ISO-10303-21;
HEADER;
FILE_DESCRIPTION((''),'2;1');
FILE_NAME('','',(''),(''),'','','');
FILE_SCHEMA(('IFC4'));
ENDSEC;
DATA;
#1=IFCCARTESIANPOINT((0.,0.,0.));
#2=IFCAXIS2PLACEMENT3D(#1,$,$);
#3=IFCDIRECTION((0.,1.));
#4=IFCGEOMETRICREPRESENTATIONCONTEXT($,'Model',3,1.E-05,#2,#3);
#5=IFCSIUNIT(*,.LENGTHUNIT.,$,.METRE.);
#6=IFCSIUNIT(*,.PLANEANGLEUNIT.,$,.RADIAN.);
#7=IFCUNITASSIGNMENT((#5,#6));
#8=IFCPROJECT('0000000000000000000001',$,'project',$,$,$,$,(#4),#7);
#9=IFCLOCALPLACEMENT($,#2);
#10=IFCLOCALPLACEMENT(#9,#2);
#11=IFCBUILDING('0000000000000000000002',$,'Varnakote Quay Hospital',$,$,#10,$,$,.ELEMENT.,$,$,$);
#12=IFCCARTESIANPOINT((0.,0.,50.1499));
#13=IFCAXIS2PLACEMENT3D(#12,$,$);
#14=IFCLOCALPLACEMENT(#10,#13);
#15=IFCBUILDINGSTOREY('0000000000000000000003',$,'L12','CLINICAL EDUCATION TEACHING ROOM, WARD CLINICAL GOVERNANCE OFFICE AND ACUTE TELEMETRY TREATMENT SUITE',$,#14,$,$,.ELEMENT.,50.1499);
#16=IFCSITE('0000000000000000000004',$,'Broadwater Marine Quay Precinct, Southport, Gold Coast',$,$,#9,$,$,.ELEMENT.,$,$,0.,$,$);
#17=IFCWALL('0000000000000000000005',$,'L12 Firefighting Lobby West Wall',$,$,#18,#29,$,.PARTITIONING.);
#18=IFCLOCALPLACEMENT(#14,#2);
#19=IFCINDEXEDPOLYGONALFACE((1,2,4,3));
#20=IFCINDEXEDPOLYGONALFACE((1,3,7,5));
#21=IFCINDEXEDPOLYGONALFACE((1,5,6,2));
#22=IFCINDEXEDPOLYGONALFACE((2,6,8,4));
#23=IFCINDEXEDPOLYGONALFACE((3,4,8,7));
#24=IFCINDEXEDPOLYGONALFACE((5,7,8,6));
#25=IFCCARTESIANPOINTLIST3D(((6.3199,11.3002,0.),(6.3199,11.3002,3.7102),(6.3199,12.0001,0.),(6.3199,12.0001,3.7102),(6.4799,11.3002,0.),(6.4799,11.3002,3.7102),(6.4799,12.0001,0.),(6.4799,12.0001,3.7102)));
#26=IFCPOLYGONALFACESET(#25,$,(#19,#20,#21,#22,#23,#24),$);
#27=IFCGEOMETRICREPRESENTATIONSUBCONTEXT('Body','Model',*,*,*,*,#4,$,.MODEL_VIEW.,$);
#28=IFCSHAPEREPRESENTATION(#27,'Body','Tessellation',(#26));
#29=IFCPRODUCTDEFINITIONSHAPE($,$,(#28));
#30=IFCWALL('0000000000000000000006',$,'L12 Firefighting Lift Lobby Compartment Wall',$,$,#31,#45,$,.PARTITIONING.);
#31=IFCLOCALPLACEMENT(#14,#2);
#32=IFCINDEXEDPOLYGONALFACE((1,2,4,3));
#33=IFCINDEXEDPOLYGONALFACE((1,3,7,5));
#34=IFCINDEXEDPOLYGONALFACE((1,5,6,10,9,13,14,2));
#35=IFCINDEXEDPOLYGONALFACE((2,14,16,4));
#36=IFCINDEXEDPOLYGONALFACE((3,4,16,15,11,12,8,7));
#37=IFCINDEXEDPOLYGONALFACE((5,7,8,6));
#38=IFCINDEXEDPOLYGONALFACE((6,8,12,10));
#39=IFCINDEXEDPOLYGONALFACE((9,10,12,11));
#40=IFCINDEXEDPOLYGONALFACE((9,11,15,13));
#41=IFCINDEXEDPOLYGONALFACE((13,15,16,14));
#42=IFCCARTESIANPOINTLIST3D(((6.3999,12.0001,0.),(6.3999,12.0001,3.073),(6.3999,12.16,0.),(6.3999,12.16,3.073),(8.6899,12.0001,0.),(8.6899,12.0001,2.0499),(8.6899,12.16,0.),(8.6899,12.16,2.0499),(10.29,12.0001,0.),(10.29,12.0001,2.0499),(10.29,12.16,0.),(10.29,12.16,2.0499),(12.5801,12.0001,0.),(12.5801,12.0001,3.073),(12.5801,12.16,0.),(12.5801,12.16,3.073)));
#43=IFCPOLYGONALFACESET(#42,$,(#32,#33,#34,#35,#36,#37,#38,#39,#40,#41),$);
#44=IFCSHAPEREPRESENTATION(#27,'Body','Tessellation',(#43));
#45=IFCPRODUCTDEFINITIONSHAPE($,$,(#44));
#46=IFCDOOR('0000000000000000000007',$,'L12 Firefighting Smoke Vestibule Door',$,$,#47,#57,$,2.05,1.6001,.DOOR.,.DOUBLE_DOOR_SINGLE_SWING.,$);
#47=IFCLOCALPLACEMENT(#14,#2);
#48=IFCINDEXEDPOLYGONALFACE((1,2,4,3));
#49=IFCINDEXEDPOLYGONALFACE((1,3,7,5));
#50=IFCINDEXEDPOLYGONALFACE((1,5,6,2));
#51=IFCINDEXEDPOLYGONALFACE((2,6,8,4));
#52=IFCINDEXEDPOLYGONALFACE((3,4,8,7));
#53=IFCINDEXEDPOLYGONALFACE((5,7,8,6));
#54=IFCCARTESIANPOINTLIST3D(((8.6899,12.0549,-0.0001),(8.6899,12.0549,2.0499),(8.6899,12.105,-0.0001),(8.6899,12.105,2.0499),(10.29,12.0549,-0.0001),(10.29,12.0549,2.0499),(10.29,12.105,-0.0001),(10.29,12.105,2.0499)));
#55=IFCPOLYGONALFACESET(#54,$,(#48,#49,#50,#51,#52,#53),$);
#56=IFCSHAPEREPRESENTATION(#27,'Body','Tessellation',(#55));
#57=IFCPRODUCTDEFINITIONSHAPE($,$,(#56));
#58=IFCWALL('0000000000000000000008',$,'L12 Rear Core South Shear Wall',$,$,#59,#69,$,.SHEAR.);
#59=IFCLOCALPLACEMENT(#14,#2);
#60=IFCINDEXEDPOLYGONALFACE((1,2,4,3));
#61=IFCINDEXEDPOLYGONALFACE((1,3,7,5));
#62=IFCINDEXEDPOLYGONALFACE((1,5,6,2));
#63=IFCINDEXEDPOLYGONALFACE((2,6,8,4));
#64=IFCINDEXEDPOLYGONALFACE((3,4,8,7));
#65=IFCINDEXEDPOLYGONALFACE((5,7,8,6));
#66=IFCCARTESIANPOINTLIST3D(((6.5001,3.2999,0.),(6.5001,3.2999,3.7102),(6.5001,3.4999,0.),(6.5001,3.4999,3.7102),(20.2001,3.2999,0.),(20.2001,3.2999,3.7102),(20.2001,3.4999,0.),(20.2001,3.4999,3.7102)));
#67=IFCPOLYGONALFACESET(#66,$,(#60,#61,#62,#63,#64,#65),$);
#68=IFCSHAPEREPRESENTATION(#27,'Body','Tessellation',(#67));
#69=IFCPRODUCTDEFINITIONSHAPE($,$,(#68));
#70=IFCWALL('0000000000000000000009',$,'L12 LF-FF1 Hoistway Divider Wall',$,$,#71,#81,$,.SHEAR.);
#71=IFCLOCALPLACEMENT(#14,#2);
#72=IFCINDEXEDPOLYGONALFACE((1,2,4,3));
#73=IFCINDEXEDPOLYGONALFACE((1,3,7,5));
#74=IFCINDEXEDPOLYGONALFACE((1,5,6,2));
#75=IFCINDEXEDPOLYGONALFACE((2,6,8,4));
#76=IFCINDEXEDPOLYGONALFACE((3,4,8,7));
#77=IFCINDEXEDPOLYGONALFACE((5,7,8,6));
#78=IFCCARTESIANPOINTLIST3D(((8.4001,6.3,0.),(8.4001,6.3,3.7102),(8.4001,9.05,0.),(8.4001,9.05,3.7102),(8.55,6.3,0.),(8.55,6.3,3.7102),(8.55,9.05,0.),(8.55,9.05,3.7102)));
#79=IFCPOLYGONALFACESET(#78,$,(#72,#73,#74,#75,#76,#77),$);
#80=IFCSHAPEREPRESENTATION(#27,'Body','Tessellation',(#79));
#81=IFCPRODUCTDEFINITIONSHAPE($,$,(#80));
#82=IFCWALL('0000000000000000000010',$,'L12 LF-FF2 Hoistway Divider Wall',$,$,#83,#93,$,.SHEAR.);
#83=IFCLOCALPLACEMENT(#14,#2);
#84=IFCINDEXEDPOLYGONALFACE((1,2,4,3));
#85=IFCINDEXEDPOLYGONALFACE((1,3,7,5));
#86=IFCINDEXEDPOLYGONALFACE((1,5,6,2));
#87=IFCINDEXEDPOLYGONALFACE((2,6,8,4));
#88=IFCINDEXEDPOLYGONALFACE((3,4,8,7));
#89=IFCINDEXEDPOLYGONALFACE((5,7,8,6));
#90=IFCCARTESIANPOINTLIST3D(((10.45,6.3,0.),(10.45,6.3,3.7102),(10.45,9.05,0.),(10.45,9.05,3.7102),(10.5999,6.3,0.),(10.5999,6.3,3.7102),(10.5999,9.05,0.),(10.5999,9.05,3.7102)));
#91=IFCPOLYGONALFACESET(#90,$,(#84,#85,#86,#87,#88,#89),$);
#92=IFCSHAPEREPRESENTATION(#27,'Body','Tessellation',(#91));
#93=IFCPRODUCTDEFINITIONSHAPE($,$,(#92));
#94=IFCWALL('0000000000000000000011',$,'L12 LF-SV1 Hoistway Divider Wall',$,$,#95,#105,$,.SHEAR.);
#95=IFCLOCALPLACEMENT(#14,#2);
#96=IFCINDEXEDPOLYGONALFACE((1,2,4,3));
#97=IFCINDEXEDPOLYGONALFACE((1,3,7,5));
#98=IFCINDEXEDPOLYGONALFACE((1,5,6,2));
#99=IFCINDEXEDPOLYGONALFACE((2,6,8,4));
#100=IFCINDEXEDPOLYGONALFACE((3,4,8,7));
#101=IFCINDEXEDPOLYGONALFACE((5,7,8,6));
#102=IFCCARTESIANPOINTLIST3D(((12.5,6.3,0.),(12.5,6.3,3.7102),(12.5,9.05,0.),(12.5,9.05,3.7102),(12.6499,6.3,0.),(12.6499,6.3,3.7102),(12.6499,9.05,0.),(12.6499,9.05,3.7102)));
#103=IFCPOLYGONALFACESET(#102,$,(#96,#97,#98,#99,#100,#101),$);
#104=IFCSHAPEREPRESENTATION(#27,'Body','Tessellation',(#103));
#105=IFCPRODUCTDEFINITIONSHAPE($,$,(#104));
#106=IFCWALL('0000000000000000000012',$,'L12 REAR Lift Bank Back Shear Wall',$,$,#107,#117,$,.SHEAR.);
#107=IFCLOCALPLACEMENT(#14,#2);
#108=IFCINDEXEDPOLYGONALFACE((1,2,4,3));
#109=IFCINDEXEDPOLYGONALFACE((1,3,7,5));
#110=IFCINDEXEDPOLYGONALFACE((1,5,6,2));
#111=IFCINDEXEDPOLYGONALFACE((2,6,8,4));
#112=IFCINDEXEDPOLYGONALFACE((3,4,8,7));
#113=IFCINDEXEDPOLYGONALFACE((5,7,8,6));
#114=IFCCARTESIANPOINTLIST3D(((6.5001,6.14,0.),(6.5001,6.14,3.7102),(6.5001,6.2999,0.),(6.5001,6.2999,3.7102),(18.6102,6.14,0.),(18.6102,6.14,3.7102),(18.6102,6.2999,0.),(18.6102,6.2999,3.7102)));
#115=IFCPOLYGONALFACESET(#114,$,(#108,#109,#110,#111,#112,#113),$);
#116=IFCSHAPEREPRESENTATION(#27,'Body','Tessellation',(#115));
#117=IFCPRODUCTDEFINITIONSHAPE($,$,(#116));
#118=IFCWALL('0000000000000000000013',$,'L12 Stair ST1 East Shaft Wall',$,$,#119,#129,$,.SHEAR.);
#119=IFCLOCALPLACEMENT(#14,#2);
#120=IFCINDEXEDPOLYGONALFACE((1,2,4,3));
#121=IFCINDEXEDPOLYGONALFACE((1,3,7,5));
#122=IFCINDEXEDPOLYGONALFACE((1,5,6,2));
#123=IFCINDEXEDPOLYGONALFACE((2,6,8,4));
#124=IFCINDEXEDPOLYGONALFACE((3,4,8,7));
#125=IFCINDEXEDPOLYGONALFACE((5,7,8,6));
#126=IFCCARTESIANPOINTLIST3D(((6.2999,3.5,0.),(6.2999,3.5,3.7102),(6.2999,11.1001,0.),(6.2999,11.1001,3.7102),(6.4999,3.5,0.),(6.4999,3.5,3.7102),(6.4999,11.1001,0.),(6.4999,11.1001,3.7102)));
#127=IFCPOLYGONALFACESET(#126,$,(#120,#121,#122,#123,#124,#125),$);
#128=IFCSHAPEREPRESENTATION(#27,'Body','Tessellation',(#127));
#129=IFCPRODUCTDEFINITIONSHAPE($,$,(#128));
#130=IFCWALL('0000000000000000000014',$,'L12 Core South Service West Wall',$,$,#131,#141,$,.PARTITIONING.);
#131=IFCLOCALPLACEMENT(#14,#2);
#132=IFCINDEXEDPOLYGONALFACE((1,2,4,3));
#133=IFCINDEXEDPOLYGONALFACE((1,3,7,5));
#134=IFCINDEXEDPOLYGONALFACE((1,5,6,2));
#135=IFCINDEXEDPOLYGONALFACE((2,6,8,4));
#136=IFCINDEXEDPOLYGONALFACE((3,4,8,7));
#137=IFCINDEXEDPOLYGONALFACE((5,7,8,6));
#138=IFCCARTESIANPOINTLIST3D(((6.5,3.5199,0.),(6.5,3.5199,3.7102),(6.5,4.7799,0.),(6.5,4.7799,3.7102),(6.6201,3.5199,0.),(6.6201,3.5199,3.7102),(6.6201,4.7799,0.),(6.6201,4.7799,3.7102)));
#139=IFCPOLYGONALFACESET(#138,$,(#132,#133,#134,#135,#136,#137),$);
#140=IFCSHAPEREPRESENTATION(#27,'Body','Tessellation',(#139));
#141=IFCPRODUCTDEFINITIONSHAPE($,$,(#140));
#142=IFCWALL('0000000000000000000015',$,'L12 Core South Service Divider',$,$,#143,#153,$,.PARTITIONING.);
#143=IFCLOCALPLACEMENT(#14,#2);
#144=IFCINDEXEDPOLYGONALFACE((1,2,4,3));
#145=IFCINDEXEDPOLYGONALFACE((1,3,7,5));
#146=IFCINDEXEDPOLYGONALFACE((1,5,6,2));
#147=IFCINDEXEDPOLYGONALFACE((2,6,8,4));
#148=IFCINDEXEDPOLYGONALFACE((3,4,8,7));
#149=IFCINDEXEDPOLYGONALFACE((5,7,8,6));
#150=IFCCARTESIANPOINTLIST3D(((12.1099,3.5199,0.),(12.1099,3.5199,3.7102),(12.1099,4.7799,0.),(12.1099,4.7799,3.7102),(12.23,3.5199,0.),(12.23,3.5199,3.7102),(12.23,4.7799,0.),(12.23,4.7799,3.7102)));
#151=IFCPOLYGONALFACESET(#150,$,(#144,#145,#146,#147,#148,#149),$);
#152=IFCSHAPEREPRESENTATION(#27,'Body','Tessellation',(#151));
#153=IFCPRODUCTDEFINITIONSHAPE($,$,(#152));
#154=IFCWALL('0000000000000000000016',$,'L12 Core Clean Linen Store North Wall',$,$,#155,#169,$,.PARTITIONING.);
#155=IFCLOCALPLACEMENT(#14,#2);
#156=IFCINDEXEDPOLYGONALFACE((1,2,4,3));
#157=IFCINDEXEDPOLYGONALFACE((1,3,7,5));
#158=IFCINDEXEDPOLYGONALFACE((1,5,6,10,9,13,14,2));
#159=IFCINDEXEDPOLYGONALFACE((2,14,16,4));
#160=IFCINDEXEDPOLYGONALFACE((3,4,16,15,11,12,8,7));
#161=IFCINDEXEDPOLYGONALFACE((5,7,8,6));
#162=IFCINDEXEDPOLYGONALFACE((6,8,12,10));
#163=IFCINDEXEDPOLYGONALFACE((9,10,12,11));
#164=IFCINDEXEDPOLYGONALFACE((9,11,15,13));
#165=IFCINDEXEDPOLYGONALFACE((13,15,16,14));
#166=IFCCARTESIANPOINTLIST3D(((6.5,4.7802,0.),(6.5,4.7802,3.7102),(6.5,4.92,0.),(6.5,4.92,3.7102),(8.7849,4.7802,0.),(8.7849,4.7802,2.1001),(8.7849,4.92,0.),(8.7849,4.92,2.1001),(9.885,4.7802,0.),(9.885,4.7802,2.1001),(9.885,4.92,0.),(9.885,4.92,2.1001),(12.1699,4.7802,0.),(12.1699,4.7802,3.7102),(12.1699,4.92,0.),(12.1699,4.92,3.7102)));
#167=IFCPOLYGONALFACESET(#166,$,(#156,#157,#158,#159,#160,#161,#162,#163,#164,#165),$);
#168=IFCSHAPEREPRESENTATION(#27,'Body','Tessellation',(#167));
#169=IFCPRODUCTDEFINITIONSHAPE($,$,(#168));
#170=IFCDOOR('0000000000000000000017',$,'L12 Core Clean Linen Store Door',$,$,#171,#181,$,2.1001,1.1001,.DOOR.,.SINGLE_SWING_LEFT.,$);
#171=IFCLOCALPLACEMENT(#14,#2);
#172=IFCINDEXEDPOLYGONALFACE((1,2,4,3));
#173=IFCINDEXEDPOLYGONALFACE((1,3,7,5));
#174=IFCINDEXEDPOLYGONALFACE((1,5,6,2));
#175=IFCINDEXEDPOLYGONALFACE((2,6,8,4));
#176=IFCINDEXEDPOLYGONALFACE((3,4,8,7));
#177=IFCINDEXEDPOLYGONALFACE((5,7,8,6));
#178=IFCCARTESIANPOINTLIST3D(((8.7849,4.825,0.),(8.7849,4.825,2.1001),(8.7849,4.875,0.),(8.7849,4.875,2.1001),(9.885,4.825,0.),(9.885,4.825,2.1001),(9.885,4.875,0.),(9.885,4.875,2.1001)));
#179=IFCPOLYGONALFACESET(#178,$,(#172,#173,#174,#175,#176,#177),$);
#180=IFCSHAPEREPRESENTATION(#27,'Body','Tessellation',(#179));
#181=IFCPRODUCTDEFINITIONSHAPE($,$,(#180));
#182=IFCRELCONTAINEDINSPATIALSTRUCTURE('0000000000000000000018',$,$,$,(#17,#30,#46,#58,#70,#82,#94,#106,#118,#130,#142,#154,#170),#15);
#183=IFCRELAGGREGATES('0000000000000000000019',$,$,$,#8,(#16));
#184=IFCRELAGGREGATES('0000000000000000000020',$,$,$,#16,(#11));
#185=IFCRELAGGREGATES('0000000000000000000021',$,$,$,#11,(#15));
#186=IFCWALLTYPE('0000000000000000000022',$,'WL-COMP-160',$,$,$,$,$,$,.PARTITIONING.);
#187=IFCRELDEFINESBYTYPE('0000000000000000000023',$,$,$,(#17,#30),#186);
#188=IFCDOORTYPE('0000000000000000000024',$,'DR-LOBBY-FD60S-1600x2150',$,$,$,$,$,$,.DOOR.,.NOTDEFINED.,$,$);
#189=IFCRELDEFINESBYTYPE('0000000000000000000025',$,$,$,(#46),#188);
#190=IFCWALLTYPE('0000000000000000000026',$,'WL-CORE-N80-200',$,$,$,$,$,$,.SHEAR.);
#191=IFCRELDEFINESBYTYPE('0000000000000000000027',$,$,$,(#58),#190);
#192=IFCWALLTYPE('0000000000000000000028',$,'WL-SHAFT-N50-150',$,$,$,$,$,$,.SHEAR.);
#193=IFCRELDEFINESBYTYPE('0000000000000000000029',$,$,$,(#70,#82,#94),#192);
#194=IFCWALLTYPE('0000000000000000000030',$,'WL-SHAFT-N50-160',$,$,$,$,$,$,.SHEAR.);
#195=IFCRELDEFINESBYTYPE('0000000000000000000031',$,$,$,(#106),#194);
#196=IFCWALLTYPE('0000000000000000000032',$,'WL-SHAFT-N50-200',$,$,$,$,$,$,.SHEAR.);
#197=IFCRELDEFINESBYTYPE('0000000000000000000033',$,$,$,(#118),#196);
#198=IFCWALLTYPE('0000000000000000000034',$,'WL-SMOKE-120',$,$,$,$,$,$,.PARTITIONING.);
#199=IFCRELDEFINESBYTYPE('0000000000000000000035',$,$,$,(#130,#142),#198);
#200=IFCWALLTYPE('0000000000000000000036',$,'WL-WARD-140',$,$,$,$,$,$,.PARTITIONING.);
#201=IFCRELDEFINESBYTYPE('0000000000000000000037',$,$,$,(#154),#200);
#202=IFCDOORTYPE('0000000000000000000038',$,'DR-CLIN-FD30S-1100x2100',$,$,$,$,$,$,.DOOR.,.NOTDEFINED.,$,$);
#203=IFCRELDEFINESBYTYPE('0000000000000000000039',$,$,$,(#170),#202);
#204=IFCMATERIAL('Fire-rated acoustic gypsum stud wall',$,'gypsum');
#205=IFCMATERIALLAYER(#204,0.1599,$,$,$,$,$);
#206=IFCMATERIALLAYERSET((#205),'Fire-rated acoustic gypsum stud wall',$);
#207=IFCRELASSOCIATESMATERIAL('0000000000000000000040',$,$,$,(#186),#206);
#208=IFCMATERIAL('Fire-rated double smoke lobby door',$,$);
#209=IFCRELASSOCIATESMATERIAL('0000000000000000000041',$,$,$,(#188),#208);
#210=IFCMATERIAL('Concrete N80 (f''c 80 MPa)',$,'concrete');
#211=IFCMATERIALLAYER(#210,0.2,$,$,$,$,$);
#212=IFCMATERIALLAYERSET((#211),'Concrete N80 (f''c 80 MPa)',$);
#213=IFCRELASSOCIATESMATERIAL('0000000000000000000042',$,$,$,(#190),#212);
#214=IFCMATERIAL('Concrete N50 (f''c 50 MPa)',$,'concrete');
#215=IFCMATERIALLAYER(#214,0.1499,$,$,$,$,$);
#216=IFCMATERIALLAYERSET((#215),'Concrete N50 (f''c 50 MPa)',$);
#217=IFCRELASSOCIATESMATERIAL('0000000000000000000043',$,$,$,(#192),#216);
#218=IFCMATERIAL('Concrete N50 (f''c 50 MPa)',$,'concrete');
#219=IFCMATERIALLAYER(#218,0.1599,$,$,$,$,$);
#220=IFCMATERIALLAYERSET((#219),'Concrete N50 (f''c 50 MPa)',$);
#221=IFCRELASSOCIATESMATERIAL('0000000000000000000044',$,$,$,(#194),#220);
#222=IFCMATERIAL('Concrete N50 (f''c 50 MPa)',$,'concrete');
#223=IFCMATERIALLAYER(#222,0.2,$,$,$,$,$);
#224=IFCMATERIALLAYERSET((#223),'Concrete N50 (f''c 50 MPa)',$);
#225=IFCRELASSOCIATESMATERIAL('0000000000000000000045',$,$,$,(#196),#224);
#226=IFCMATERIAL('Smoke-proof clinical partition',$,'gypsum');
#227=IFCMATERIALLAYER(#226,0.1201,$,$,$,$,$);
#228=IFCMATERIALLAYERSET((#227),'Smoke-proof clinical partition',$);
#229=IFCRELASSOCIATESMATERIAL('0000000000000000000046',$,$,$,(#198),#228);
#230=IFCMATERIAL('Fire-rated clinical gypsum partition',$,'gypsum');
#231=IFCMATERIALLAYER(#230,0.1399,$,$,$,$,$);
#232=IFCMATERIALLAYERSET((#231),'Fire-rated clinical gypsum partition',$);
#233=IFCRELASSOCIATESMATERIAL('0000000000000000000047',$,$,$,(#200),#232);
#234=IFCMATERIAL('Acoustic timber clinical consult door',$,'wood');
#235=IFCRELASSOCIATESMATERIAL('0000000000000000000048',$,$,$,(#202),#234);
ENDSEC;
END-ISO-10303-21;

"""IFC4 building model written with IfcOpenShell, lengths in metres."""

from ifc_helpers import new_model, si_unit, direction, frame, frame_2d, origin, place, context, subcontext, project, spatial, rectangle, extrude, material, layer, layer_set, type_object, element, fill, save


model = new_model("IFC4")

# Units and contexts
model_context = context("Model", 3, precision=1e-05, world=origin(), true_north=direction((0.0, 1.0)))
body_context = subcontext(model_context, "Body", "Model", "MODEL_VIEW")
ifc_project = project(units=[si_unit("LENGTHUNIT", "METRE"), si_unit("PLANEANGLEUNIT", "RADIAN")], contexts=[model_context])

# Site, building, storey
site_placement = place(None, origin())
site = spatial("IfcSite", under=ifc_project, at=site_placement, Name="Broadwater Marine Quay Precinct, Southport, Gold Coast", CompositionType="ELEMENT", RefElevation=0.0)
building_placement = place(site_placement, origin())
building = spatial("IfcBuilding", under=site, at=building_placement, Name="Varnakote Quay Hospital", CompositionType="ELEMENT")
storey_placement = place(building_placement, frame((0.0, 0.0, 50.1499)))
storey = spatial("IfcBuildingStorey", under=building, at=storey_placement, Name="L12", Description="CLINICAL EDUCATION TEACHING ROOM, WARD CLINICAL GOVERNANCE OFFICE AND ACUTE TELEMETRY TREATMENT SUITE", CompositionType="ELEMENT", Elevation=50.1499)

# Wall
ifc_material_1 = material(Name="Fire-rated acoustic gypsum stud wall", Category="gypsum")
ifc_layer_1 = layer(ifc_material_1, 0.1599)
ifc_layer_set_1 = layer_set([ifc_layer_1], Name="Fire-rated acoustic gypsum stud wall")
wall_type_1 = type_object("IfcWallType", Name="WL-COMP-160", PredefinedType="PARTITIONING", material=ifc_layer_set_1)
wall_1_placement = place(storey_placement, frame((6.3999, 11.3, 0.0), z_axis=(0.0, 0.0, 1.0), x_axis=(0.0, 1.0, 0.0)))
element("IfcWall", 1, at=wall_1_placement, inside=storey, type_object=wall_type_1, Name="L12 Firefighting Lobby West Wall", PredefinedType="PARTITIONING", context=body_context, shape_type="SweptSolid", body=[
    extrude(rectangle(XDim=0.7, YDim=0.1599, at=frame_2d((0.3501, 0.0))), origin(), (0.0, 0.0, 1.0), 3.7102),
])

# Wall, opening, door
wall_2_placement = place(storey_placement, frame((6.3999, 12.0801, 0.0), z_axis=(0.0, 0.0, 1.0), x_axis=(1.0, 0.0, 0.0)))
wall_2 = element("IfcWall", 2, at=wall_2_placement, inside=storey, type_object=wall_type_1, Name="L12 Firefighting Lift Lobby Compartment Wall", PredefinedType="PARTITIONING", context=body_context, shape_type="SweptSolid", body=[
    extrude(rectangle(XDim=6.1802, YDim=0.1599, at=frame_2d((3.0901, 0.0))), origin(), (0.0, 0.0, 1.0), 3.073),
])
opening_1_placement = place(wall_2_placement, frame((2.29, 0.0, 0.0)))
opening_1 = element("IfcOpeningElement", 3, at=opening_1_placement, cuts=wall_2, PredefinedType="OPENING", context=body_context, shape_type="SweptSolid", body=[
    extrude(rectangle(XDim=1.6001, YDim=2.05, at=frame_2d((0.8, 1.0249))), frame((0.0, 0.0898, 0.0), z_axis=(0.0, -1.0, 0.0), x_axis=(1.0, 0.0, 0.0)), (0.0, 0.0, 1.0), 0.1799),
])
ifc_material_2 = material(Name="Fire-rated double smoke lobby door")
door_type_1 = type_object("IfcDoorType", Name="DR-LOBBY-FD60S-1600x2150", OperationType="NOTDEFINED", PredefinedType="DOOR", material=ifc_material_2)
door_1_placement = place(opening_1_placement, origin())
door_1 = element("IfcDoor", 4, at=door_1_placement, inside=storey, type_object=door_type_1, Name="L12 Firefighting Smoke Vestibule Door", OperationType="DOUBLE_DOOR_SINGLE_SWING", OverallHeight=2.05, OverallWidth=1.6001, PredefinedType="DOOR", context=body_context, shape_type="SweptSolid", body=[
    extrude(rectangle(XDim=1.6001, YDim=2.05, at=frame_2d((0.8, 1.0249))), frame((0.0, 0.0249, 0.0), z_axis=(0.0, -1.0, 0.0), x_axis=(1.0, 0.0, 0.0)), (0.0, 0.0, 1.0), 0.05),
])
fill(opening_1, door_1)

# Walls
ifc_material_3 = material(Name="Concrete N80 (f'c 80 MPa)", Category="concrete")
ifc_layer_2 = layer(ifc_material_3, 0.2)
ifc_layer_set_2 = layer_set([ifc_layer_2], Name="Concrete N80 (f'c 80 MPa)")
wall_type_2 = type_object("IfcWallType", Name="WL-CORE-N80-200", PredefinedType="SHEAR", material=ifc_layer_set_2)
wall_3_placement = place(storey_placement, frame((6.5, 3.3999, 0.0), z_axis=(0.0, 0.0, 1.0), x_axis=(1.0, 0.0, 0.0)))
element("IfcWall", 5, at=wall_3_placement, inside=storey, type_object=wall_type_2, Name="L12 Rear Core South Shear Wall", PredefinedType="SHEAR", context=body_context, shape_type="SweptSolid", body=[
    extrude(rectangle(XDim=13.7, YDim=0.2, at=frame_2d((6.8501, 0.0))), origin(), (0.0, 0.0, 1.0), 3.7102),
])
ifc_material_4 = material(Name="Concrete N50 (f'c 50 MPa)", Category="concrete")
ifc_layer_3 = layer(ifc_material_4, 0.1499)
ifc_layer_set_3 = layer_set([ifc_layer_3], Name="Concrete N50 (f'c 50 MPa)")
wall_type_3 = type_object("IfcWallType", Name="WL-SHAFT-N50-150", PredefinedType="SHEAR", material=ifc_layer_set_3)
for number, where, z_axis, x_axis, name in (
    (6, (8.4751, 6.3, 0.0), (0.0, 0.0, 1.0), (0.0, 1.0, 0.0), "L12 LF-FF1 Hoistway Divider Wall"),
    (7, (10.5249, 6.3, 0.0), (0.0, 0.0, 1.0), (0.0, 1.0, 0.0), "L12 LF-FF2 Hoistway Divider Wall"),
    (8, (12.575, 6.3, 0.0), (0.0, 0.0, 1.0), (0.0, 1.0, 0.0), "L12 LF-SV1 Hoistway Divider Wall"),
):
    element("IfcWall", number, at=place(storey_placement, frame(where, z_axis=z_axis, x_axis=x_axis)), inside=storey, type_object=wall_type_3, Name=name, PredefinedType="SHEAR", context=body_context, shape_type="SweptSolid", body=[
        extrude(rectangle(XDim=2.75, YDim=0.1499, at=frame_2d((1.375, 0.0))), origin(), (0.0, 0.0, 1.0), 3.7102),
    ])
ifc_material_5 = material(Name="Concrete N50 (f'c 50 MPa)", Category="concrete")
ifc_layer_4 = layer(ifc_material_5, 0.1599)
ifc_layer_set_4 = layer_set([ifc_layer_4], Name="Concrete N50 (f'c 50 MPa)")
wall_type_4 = type_object("IfcWallType", Name="WL-SHAFT-N50-160", PredefinedType="SHEAR", material=ifc_layer_set_4)
wall_4_placement = place(storey_placement, frame((6.5, 6.22, 0.0), z_axis=(0.0, 0.0, 1.0), x_axis=(1.0, 0.0, 0.0)))
element("IfcWall", 9, at=wall_4_placement, inside=storey, type_object=wall_type_4, Name="L12 REAR Lift Bank Back Shear Wall", PredefinedType="SHEAR", context=body_context, shape_type="SweptSolid", body=[
    extrude(rectangle(XDim=12.1101, YDim=0.1599, at=frame_2d((6.0552, 0.0))), origin(), (0.0, 0.0, 1.0), 3.7102),
])

# Walls
ifc_material_6 = material(Name="Concrete N50 (f'c 50 MPa)", Category="concrete")
ifc_layer_5 = layer(ifc_material_6, 0.2)
ifc_layer_set_5 = layer_set([ifc_layer_5], Name="Concrete N50 (f'c 50 MPa)")
wall_type_5 = type_object("IfcWallType", Name="WL-SHAFT-N50-200", PredefinedType="SHEAR", material=ifc_layer_set_5)
wall_5_placement = place(storey_placement, frame((6.3999, 3.5, 0.0), z_axis=(0.0, 0.0, 1.0), x_axis=(0.0, 1.0, 0.0)))
element("IfcWall", 10, at=wall_5_placement, inside=storey, type_object=wall_type_5, Name="L12 Stair ST1 East Shaft Wall", PredefinedType="SHEAR", context=body_context, shape_type="SweptSolid", body=[
    extrude(rectangle(XDim=7.6001, YDim=0.2, at=frame_2d((3.8, 0.0))), origin(), (0.0, 0.0, 1.0), 3.7102),
])
ifc_material_7 = material(Name="Smoke-proof clinical partition", Category="gypsum")
ifc_layer_6 = layer(ifc_material_7, 0.1201)
ifc_layer_set_6 = layer_set([ifc_layer_6], Name="Smoke-proof clinical partition")
wall_type_6 = type_object("IfcWallType", Name="WL-SMOKE-120", PredefinedType="PARTITIONING", material=ifc_layer_set_6)
for number, where, z_axis, x_axis, name in (
    (11, (6.5601, 3.52, 0.0), (0.0, 0.0, 1.0), (0.0, 1.0, 0.0), "L12 Core South Service West Wall"),
    (12, (12.1699, 3.52, 0.0), (0.0, 0.0, 1.0), (0.0, 1.0, 0.0), "L12 Core South Service Divider"),
):
    element("IfcWall", number, at=place(storey_placement, frame(where, z_axis=z_axis, x_axis=x_axis)), inside=storey, type_object=wall_type_6, Name=name, PredefinedType="PARTITIONING", context=body_context, shape_type="SweptSolid", body=[
        extrude(rectangle(XDim=1.26, YDim=0.1201, at=frame_2d((0.6299, 0.0))), origin(), (0.0, 0.0, 1.0), 3.7102),
    ])

# Wall, opening, door
ifc_material_8 = material(Name="Fire-rated clinical gypsum partition", Category="gypsum")
ifc_layer_7 = layer(ifc_material_8, 0.1399)
ifc_layer_set_7 = layer_set([ifc_layer_7], Name="Fire-rated clinical gypsum partition")
wall_type_7 = type_object("IfcWallType", Name="WL-WARD-140", PredefinedType="PARTITIONING", material=ifc_layer_set_7)
wall_6_placement = place(storey_placement, frame((6.5, 4.8501, 0.0), z_axis=(0.0, 0.0, 1.0), x_axis=(1.0, 0.0, 0.0)))
wall_6 = element("IfcWall", 13, at=wall_6_placement, inside=storey, type_object=wall_type_7, Name="L12 Core Clean Linen Store North Wall", PredefinedType="PARTITIONING", context=body_context, shape_type="SweptSolid", body=[
    extrude(rectangle(XDim=5.6699, YDim=0.1399, at=frame_2d((2.835, 0.0))), origin(), (0.0, 0.0, 1.0), 3.7102),
])
opening_2_placement = place(wall_6_placement, frame((2.2849, 0.0, 0.0)))
opening_2 = element("IfcOpeningElement", 14, at=opening_2_placement, cuts=wall_6, PredefinedType="OPENING", context=body_context, shape_type="SweptSolid", body=[
    extrude(rectangle(XDim=1.1001, YDim=2.1001, at=frame_2d((0.55, 1.05))), frame((0.0, 0.0798, 0.0), z_axis=(0.0, -1.0, 0.0), x_axis=(1.0, 0.0, 0.0)), (0.0, 0.0, 1.0), 0.1599),
])
ifc_material_9 = material(Name="Acoustic timber clinical consult door", Category="wood")
door_type_2 = type_object("IfcDoorType", Name="DR-CLIN-FD30S-1100x2100", OperationType="NOTDEFINED", PredefinedType="DOOR", material=ifc_material_9)
door_2_placement = place(opening_2_placement, origin())
door_2 = element("IfcDoor", 15, at=door_2_placement, inside=storey, type_object=door_type_2, Name="L12 Core Clean Linen Store Door", OperationType="SINGLE_SWING_LEFT", OverallHeight=2.1001, OverallWidth=1.1001, PredefinedType="DOOR", context=body_context, shape_type="SweptSolid", body=[
    extrude(rectangle(XDim=1.1001, YDim=2.1001, at=frame_2d((0.55, 1.05))), frame((0.0, 0.0249, 0.0), z_axis=(0.0, -1.0, 0.0), x_axis=(1.0, 0.0, 0.0)), (0.0, 0.0, 1.0), 0.05),
])
fill(opening_2, door_2)

save(model, "model.ifc")
